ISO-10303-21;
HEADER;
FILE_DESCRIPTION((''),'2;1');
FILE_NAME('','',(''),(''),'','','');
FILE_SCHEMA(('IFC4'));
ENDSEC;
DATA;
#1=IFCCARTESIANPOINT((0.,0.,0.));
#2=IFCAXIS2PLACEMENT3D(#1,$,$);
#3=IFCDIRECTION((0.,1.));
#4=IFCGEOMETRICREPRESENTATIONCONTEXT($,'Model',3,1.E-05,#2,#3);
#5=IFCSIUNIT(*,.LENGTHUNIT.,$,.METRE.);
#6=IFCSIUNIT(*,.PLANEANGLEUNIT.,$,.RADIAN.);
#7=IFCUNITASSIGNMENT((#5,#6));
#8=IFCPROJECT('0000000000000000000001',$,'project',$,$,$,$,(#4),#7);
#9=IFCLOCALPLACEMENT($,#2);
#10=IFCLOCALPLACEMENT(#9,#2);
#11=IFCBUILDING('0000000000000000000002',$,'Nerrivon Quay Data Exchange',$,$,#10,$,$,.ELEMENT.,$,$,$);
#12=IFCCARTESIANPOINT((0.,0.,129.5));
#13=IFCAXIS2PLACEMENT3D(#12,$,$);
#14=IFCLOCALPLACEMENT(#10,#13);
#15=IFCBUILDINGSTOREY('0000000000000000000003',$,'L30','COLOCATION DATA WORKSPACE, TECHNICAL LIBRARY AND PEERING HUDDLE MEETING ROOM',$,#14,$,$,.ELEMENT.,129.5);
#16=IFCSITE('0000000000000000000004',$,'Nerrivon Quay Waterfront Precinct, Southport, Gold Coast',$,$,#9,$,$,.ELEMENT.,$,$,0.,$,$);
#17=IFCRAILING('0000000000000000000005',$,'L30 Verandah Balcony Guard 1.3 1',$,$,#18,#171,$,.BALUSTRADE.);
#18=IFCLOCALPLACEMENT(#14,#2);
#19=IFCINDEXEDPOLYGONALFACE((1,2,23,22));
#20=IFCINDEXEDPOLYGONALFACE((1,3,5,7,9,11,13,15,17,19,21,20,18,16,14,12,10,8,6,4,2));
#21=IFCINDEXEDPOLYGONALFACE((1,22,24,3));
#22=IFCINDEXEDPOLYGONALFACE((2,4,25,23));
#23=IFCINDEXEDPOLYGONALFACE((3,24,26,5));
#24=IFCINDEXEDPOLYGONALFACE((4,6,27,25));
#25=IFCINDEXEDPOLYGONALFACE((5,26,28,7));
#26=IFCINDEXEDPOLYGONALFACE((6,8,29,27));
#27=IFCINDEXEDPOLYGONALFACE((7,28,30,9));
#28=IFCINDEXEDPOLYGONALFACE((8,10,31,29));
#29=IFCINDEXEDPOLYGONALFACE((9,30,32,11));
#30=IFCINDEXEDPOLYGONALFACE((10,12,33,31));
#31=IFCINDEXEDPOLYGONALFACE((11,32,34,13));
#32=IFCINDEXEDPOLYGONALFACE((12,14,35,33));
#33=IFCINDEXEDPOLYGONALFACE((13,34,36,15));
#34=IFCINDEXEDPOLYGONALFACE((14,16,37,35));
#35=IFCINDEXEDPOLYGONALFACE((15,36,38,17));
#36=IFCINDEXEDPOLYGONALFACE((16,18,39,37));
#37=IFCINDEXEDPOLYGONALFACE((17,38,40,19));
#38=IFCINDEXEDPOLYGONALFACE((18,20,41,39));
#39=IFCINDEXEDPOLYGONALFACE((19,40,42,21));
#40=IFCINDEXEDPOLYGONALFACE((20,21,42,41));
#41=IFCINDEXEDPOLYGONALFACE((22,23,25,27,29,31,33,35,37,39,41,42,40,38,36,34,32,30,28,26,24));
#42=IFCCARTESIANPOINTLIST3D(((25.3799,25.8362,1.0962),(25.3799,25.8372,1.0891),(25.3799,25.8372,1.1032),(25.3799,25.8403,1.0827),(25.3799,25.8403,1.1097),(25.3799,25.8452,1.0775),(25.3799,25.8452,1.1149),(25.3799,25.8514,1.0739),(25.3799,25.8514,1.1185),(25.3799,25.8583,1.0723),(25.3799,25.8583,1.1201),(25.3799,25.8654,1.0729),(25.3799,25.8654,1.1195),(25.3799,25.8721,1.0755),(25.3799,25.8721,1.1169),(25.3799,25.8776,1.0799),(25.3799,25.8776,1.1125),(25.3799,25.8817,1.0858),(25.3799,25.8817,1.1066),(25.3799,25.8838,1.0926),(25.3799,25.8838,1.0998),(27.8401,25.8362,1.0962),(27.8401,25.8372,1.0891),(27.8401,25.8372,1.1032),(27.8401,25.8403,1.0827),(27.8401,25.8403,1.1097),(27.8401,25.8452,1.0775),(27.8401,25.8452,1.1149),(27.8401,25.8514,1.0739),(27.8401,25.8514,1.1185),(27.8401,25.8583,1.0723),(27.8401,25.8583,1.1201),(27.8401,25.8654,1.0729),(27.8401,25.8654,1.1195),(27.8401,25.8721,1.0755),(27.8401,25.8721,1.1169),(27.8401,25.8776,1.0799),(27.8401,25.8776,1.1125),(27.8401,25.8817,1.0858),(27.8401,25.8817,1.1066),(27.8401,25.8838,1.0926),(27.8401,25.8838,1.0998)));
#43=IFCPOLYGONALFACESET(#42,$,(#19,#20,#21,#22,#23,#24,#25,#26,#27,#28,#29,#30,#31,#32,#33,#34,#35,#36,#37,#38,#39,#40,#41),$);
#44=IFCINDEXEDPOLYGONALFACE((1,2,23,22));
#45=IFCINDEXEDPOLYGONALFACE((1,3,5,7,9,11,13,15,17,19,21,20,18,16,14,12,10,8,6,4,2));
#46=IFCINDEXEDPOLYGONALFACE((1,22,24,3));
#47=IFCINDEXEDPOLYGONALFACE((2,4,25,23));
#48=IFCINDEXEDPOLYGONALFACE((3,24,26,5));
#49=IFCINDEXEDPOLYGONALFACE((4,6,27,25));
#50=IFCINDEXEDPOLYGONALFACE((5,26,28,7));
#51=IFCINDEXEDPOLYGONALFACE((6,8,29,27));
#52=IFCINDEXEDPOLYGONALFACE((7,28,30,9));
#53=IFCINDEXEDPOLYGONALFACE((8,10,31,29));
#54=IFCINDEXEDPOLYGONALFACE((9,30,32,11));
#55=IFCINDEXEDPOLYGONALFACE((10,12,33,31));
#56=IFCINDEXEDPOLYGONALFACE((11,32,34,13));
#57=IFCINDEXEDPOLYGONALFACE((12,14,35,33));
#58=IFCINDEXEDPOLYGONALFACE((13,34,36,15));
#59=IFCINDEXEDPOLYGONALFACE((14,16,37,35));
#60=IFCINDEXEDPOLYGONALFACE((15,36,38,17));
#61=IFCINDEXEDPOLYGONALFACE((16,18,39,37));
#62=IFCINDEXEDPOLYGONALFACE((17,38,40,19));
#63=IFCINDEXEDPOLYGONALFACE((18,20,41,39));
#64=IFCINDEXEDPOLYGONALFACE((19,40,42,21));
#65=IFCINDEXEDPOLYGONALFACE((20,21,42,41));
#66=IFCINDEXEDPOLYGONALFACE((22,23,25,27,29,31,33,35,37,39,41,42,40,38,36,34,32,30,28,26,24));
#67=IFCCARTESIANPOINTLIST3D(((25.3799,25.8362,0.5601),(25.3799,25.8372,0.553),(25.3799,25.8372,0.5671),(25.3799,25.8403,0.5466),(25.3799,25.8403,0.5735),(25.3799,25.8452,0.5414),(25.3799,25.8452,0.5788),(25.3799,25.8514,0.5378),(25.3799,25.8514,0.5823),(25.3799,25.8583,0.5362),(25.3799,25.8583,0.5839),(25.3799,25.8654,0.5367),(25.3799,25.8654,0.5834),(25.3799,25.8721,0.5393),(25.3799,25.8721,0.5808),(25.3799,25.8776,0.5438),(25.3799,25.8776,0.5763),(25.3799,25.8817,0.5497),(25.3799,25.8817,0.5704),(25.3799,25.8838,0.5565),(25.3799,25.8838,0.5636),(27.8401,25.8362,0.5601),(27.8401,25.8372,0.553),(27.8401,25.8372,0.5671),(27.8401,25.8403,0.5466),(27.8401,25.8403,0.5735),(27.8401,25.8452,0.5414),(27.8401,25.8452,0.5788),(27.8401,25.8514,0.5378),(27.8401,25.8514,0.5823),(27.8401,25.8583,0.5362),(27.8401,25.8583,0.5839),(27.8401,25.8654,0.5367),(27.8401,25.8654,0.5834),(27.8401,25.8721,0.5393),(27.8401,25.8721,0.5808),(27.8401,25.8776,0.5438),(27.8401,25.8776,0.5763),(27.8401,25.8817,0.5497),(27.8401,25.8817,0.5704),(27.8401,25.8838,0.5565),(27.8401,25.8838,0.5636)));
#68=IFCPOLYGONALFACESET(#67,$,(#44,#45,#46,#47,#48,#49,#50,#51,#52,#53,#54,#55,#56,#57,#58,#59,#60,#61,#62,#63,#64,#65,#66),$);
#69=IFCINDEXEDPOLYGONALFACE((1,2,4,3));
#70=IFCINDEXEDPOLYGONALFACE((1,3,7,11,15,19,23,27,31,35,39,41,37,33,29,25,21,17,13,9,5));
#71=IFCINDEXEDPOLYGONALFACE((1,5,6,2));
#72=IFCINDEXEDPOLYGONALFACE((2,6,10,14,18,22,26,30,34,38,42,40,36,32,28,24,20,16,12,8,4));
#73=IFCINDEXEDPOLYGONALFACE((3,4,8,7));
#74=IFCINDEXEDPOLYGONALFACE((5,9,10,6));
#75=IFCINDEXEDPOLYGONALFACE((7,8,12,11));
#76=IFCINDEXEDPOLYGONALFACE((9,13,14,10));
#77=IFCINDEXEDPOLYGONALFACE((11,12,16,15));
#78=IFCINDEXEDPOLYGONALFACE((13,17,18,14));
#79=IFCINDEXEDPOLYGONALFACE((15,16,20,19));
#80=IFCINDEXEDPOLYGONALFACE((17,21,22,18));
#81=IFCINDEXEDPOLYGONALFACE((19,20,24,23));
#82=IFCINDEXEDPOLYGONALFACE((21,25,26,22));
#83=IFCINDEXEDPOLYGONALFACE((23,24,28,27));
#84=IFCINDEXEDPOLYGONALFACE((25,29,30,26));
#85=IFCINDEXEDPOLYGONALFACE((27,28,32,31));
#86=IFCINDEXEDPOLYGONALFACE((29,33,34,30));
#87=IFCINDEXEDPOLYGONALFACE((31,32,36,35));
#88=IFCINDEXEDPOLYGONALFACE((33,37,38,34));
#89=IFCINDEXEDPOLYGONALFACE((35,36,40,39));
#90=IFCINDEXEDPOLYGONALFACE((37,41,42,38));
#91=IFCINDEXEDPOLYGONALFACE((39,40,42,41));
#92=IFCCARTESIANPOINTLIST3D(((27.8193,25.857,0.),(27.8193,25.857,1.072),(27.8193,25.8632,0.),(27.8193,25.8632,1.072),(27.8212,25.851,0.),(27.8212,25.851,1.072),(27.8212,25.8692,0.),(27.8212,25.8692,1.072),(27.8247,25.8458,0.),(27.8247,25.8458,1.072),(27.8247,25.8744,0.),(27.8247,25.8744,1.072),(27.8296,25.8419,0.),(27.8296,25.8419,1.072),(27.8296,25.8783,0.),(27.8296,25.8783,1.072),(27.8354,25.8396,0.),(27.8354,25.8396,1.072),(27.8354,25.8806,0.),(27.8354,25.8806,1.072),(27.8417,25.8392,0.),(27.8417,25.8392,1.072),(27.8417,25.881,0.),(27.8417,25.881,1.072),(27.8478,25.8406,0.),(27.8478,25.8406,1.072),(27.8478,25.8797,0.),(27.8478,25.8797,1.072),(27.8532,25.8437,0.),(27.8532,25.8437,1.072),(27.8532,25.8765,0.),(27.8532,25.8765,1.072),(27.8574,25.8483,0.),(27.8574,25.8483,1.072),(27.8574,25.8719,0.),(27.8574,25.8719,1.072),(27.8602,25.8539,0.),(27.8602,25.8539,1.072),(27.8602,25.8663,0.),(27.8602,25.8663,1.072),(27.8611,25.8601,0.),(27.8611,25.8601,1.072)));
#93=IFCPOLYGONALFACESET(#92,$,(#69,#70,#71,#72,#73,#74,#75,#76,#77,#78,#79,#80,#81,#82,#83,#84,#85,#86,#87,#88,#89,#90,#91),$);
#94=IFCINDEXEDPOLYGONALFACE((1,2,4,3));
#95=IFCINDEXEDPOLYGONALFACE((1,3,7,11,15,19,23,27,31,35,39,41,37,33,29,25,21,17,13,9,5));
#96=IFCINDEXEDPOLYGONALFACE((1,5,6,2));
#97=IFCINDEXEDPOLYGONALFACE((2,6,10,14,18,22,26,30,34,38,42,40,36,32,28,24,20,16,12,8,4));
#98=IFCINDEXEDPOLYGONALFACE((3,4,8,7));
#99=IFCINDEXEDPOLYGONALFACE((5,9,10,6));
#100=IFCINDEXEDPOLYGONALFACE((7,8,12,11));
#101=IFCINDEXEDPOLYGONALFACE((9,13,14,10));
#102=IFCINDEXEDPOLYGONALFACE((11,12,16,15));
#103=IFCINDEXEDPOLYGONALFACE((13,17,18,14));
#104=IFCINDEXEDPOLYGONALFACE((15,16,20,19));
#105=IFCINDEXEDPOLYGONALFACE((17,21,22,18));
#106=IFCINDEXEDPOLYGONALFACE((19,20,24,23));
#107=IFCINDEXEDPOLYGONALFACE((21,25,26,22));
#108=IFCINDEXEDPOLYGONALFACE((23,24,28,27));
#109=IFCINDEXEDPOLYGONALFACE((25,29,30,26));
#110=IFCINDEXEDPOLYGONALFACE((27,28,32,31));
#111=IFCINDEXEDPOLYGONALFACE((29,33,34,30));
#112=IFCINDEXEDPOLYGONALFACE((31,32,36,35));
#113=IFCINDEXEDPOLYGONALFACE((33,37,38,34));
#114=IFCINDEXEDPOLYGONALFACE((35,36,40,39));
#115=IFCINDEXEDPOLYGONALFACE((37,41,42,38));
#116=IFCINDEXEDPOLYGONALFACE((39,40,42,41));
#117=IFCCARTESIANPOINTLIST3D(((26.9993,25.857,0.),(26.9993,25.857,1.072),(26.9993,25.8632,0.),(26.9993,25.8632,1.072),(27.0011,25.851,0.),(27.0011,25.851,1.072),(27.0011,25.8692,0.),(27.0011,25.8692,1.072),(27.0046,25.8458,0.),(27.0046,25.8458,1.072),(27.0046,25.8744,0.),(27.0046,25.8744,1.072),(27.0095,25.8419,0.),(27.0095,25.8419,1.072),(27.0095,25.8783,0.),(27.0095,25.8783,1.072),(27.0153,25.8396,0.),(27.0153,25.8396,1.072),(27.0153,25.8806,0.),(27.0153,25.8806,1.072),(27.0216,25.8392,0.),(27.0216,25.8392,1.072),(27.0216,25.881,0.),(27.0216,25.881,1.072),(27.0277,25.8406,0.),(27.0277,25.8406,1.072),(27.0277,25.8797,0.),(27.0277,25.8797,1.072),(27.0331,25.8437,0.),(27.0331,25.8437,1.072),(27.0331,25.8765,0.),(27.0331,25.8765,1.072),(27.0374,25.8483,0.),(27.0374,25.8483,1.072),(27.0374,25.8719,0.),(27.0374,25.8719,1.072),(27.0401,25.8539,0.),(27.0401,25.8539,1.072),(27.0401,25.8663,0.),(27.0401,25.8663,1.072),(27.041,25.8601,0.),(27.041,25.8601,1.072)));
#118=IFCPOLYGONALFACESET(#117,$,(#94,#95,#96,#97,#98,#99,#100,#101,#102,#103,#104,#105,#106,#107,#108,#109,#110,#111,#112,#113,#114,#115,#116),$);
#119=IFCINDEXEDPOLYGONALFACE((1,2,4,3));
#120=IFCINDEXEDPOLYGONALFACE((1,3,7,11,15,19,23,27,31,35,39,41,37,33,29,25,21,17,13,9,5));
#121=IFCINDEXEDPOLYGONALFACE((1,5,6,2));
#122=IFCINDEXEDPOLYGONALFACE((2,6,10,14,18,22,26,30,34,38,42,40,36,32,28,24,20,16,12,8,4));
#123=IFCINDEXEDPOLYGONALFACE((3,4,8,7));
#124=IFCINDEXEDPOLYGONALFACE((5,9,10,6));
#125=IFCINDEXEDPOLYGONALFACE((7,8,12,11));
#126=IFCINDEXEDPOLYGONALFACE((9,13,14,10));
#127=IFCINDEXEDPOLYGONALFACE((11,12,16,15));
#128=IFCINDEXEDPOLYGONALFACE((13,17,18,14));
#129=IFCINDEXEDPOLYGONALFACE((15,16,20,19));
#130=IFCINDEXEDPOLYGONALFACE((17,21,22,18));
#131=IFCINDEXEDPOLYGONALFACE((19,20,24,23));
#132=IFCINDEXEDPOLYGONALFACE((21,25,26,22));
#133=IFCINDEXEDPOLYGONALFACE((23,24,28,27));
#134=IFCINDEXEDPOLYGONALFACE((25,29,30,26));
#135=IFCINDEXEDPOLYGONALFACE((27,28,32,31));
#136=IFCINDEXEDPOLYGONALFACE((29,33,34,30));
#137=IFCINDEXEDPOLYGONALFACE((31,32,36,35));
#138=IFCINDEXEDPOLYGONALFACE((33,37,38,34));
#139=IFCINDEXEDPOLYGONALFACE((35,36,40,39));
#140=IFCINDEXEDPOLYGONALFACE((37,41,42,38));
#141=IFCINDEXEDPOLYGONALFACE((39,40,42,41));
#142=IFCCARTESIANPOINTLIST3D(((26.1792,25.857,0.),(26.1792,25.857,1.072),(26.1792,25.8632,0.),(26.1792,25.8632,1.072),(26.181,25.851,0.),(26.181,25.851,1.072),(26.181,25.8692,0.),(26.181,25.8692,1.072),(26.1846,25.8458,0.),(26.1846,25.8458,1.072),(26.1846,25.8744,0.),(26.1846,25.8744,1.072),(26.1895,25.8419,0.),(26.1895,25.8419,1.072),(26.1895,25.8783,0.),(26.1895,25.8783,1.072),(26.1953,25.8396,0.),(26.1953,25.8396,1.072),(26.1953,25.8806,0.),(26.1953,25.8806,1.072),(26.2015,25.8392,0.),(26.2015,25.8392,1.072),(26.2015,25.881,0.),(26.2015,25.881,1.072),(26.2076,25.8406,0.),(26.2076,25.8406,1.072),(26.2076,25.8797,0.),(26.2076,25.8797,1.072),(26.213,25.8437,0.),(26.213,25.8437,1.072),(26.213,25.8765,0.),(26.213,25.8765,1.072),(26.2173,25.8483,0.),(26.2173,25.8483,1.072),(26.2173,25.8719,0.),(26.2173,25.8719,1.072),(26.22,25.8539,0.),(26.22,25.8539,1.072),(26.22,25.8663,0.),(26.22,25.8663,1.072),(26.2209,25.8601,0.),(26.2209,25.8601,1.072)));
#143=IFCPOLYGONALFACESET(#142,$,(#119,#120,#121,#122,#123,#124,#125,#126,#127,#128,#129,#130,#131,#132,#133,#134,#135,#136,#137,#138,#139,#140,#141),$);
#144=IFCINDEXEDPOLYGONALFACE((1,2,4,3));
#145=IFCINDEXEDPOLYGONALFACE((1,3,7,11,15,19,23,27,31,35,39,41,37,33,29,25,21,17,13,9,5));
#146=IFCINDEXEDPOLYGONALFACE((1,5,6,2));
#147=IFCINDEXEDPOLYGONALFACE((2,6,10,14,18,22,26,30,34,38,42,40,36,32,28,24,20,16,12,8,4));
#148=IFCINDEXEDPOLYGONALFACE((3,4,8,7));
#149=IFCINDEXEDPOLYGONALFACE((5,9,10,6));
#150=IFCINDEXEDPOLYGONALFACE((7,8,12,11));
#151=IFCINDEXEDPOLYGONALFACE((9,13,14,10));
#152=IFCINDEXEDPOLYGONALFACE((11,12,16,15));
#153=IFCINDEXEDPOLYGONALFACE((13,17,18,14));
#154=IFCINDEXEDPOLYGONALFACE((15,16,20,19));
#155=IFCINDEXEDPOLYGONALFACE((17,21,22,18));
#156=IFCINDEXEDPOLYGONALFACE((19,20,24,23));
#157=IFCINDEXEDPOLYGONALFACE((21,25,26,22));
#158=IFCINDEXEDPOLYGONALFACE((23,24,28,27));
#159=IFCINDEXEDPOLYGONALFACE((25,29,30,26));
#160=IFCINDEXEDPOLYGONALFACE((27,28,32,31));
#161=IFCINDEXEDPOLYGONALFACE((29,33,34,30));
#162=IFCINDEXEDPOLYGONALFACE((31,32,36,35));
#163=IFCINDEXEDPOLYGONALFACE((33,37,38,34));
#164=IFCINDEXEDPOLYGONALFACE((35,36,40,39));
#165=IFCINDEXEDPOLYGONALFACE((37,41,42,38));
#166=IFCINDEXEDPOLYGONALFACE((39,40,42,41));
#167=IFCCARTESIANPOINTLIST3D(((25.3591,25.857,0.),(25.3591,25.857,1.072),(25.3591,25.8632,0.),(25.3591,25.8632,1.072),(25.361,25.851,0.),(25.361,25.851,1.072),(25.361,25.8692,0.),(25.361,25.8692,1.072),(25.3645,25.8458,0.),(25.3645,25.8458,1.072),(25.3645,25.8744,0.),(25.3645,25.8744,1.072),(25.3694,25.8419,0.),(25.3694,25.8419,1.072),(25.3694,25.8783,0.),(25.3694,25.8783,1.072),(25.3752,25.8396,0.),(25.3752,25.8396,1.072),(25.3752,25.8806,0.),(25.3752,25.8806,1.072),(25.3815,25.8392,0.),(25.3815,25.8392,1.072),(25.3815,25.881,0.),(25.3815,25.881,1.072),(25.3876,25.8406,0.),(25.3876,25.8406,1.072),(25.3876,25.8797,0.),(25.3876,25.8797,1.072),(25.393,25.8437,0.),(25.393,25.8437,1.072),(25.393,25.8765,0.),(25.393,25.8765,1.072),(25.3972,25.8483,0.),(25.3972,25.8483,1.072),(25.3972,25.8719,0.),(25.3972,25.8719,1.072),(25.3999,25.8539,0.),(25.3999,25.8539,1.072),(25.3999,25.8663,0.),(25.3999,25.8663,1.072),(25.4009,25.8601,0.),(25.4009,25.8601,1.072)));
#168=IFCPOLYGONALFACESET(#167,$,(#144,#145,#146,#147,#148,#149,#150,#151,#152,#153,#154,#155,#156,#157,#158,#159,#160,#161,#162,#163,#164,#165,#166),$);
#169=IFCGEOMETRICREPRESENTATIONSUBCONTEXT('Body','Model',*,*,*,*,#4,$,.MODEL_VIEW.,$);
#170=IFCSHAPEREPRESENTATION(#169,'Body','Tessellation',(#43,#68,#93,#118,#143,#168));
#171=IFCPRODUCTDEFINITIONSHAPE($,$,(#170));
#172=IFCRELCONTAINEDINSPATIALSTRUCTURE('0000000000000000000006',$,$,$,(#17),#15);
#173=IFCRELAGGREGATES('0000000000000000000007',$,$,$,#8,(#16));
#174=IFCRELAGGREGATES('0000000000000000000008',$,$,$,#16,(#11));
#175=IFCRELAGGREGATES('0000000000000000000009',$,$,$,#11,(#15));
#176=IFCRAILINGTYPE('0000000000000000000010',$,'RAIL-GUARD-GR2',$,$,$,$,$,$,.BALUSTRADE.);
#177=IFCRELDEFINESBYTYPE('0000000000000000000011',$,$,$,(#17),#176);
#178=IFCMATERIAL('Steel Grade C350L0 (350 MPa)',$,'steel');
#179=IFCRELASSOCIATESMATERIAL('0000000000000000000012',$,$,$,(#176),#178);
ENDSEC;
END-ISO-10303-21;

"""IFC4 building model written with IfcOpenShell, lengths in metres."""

from ifc_helpers import new_model, si_unit, direction, frame, origin, origin_2d, place, context, subcontext, project, spatial, circle, extrude, material, type_object, element, save


model = new_model("IFC4")

# Units and contexts
model_context = context("Model", 3, precision=1e-05, world=origin(), true_north=direction((0.0, 1.0)))
body_context = subcontext(model_context, "Body", "Model", "MODEL_VIEW")
ifc_project = project(units=[si_unit("LENGTHUNIT", "METRE"), si_unit("PLANEANGLEUNIT", "RADIAN")], contexts=[model_context])

# Site, building, storey
site_placement = place(None, origin())
site = spatial("IfcSite", under=ifc_project, at=site_placement, Name="Nerrivon Quay Waterfront Precinct, Southport, Gold Coast", CompositionType="ELEMENT", RefElevation=0.0)
building_placement = place(site_placement, origin())
building = spatial("IfcBuilding", under=site, at=building_placement, Name="Nerrivon Quay Data Exchange", CompositionType="ELEMENT")
storey_placement = place(building_placement, frame((0.0, 0.0, 129.5)))
storey = spatial("IfcBuildingStorey", under=building, at=storey_placement, Name="L30", Description="COLOCATION DATA WORKSPACE, TECHNICAL LIBRARY AND PEERING HUDDLE MEETING ROOM", CompositionType="ELEMENT", Elevation=129.5)

# Railing
ifc_material_1 = material(Name="Steel Grade C350L0 (350 MPa)", Category="steel")
railing_type = type_object("IfcRailingType", Name="RAIL-GUARD-GR2", PredefinedType="BALUSTRADE", material=ifc_material_1)
railing_1_placement = place(storey_placement, frame((27.8401, 25.8601, 0.0)))
element("IfcRailing", 1, at=railing_1_placement, inside=storey, type_object=railing_type, Name="L30 Verandah Balcony Guard 1.3 1", PredefinedType="BALUSTRADE", context=body_context, shape_type="SweptSolid", body=[
    extrude(circle(Radius=0.0239, at=origin_2d()), frame((0.0, 0.0, 1.0962), z_axis=(-1.0, 0.0, 0.0), x_axis=(0.0, -1.0, 0.0)), (0.0, 0.0, 1.0), 2.4602),
    extrude(circle(Radius=0.0239, at=origin_2d()), frame((0.0, 0.0, 0.5601), z_axis=(-1.0, 0.0, 0.0), x_axis=(0.0, -1.0, 0.0)), (0.0, 0.0, 1.0), 2.4602),
    extrude(circle(Radius=0.021, at=origin_2d()), origin(), (0.0, 0.0, 1.0), 1.072),
    extrude(circle(Radius=0.021, at=origin_2d()), frame((-0.8201, 0.0, 0.0)), (0.0, 0.0, 1.0), 1.072),
    extrude(circle(Radius=0.021, at=origin_2d()), frame((-1.6401, 0.0, 0.0)), (0.0, 0.0, 1.0), 1.072),
    extrude(circle(Radius=0.021, at=origin_2d()), frame((-2.4602, 0.0, 0.0)), (0.0, 0.0, 1.0), 1.072),
])

save(model, "model.ifc")
